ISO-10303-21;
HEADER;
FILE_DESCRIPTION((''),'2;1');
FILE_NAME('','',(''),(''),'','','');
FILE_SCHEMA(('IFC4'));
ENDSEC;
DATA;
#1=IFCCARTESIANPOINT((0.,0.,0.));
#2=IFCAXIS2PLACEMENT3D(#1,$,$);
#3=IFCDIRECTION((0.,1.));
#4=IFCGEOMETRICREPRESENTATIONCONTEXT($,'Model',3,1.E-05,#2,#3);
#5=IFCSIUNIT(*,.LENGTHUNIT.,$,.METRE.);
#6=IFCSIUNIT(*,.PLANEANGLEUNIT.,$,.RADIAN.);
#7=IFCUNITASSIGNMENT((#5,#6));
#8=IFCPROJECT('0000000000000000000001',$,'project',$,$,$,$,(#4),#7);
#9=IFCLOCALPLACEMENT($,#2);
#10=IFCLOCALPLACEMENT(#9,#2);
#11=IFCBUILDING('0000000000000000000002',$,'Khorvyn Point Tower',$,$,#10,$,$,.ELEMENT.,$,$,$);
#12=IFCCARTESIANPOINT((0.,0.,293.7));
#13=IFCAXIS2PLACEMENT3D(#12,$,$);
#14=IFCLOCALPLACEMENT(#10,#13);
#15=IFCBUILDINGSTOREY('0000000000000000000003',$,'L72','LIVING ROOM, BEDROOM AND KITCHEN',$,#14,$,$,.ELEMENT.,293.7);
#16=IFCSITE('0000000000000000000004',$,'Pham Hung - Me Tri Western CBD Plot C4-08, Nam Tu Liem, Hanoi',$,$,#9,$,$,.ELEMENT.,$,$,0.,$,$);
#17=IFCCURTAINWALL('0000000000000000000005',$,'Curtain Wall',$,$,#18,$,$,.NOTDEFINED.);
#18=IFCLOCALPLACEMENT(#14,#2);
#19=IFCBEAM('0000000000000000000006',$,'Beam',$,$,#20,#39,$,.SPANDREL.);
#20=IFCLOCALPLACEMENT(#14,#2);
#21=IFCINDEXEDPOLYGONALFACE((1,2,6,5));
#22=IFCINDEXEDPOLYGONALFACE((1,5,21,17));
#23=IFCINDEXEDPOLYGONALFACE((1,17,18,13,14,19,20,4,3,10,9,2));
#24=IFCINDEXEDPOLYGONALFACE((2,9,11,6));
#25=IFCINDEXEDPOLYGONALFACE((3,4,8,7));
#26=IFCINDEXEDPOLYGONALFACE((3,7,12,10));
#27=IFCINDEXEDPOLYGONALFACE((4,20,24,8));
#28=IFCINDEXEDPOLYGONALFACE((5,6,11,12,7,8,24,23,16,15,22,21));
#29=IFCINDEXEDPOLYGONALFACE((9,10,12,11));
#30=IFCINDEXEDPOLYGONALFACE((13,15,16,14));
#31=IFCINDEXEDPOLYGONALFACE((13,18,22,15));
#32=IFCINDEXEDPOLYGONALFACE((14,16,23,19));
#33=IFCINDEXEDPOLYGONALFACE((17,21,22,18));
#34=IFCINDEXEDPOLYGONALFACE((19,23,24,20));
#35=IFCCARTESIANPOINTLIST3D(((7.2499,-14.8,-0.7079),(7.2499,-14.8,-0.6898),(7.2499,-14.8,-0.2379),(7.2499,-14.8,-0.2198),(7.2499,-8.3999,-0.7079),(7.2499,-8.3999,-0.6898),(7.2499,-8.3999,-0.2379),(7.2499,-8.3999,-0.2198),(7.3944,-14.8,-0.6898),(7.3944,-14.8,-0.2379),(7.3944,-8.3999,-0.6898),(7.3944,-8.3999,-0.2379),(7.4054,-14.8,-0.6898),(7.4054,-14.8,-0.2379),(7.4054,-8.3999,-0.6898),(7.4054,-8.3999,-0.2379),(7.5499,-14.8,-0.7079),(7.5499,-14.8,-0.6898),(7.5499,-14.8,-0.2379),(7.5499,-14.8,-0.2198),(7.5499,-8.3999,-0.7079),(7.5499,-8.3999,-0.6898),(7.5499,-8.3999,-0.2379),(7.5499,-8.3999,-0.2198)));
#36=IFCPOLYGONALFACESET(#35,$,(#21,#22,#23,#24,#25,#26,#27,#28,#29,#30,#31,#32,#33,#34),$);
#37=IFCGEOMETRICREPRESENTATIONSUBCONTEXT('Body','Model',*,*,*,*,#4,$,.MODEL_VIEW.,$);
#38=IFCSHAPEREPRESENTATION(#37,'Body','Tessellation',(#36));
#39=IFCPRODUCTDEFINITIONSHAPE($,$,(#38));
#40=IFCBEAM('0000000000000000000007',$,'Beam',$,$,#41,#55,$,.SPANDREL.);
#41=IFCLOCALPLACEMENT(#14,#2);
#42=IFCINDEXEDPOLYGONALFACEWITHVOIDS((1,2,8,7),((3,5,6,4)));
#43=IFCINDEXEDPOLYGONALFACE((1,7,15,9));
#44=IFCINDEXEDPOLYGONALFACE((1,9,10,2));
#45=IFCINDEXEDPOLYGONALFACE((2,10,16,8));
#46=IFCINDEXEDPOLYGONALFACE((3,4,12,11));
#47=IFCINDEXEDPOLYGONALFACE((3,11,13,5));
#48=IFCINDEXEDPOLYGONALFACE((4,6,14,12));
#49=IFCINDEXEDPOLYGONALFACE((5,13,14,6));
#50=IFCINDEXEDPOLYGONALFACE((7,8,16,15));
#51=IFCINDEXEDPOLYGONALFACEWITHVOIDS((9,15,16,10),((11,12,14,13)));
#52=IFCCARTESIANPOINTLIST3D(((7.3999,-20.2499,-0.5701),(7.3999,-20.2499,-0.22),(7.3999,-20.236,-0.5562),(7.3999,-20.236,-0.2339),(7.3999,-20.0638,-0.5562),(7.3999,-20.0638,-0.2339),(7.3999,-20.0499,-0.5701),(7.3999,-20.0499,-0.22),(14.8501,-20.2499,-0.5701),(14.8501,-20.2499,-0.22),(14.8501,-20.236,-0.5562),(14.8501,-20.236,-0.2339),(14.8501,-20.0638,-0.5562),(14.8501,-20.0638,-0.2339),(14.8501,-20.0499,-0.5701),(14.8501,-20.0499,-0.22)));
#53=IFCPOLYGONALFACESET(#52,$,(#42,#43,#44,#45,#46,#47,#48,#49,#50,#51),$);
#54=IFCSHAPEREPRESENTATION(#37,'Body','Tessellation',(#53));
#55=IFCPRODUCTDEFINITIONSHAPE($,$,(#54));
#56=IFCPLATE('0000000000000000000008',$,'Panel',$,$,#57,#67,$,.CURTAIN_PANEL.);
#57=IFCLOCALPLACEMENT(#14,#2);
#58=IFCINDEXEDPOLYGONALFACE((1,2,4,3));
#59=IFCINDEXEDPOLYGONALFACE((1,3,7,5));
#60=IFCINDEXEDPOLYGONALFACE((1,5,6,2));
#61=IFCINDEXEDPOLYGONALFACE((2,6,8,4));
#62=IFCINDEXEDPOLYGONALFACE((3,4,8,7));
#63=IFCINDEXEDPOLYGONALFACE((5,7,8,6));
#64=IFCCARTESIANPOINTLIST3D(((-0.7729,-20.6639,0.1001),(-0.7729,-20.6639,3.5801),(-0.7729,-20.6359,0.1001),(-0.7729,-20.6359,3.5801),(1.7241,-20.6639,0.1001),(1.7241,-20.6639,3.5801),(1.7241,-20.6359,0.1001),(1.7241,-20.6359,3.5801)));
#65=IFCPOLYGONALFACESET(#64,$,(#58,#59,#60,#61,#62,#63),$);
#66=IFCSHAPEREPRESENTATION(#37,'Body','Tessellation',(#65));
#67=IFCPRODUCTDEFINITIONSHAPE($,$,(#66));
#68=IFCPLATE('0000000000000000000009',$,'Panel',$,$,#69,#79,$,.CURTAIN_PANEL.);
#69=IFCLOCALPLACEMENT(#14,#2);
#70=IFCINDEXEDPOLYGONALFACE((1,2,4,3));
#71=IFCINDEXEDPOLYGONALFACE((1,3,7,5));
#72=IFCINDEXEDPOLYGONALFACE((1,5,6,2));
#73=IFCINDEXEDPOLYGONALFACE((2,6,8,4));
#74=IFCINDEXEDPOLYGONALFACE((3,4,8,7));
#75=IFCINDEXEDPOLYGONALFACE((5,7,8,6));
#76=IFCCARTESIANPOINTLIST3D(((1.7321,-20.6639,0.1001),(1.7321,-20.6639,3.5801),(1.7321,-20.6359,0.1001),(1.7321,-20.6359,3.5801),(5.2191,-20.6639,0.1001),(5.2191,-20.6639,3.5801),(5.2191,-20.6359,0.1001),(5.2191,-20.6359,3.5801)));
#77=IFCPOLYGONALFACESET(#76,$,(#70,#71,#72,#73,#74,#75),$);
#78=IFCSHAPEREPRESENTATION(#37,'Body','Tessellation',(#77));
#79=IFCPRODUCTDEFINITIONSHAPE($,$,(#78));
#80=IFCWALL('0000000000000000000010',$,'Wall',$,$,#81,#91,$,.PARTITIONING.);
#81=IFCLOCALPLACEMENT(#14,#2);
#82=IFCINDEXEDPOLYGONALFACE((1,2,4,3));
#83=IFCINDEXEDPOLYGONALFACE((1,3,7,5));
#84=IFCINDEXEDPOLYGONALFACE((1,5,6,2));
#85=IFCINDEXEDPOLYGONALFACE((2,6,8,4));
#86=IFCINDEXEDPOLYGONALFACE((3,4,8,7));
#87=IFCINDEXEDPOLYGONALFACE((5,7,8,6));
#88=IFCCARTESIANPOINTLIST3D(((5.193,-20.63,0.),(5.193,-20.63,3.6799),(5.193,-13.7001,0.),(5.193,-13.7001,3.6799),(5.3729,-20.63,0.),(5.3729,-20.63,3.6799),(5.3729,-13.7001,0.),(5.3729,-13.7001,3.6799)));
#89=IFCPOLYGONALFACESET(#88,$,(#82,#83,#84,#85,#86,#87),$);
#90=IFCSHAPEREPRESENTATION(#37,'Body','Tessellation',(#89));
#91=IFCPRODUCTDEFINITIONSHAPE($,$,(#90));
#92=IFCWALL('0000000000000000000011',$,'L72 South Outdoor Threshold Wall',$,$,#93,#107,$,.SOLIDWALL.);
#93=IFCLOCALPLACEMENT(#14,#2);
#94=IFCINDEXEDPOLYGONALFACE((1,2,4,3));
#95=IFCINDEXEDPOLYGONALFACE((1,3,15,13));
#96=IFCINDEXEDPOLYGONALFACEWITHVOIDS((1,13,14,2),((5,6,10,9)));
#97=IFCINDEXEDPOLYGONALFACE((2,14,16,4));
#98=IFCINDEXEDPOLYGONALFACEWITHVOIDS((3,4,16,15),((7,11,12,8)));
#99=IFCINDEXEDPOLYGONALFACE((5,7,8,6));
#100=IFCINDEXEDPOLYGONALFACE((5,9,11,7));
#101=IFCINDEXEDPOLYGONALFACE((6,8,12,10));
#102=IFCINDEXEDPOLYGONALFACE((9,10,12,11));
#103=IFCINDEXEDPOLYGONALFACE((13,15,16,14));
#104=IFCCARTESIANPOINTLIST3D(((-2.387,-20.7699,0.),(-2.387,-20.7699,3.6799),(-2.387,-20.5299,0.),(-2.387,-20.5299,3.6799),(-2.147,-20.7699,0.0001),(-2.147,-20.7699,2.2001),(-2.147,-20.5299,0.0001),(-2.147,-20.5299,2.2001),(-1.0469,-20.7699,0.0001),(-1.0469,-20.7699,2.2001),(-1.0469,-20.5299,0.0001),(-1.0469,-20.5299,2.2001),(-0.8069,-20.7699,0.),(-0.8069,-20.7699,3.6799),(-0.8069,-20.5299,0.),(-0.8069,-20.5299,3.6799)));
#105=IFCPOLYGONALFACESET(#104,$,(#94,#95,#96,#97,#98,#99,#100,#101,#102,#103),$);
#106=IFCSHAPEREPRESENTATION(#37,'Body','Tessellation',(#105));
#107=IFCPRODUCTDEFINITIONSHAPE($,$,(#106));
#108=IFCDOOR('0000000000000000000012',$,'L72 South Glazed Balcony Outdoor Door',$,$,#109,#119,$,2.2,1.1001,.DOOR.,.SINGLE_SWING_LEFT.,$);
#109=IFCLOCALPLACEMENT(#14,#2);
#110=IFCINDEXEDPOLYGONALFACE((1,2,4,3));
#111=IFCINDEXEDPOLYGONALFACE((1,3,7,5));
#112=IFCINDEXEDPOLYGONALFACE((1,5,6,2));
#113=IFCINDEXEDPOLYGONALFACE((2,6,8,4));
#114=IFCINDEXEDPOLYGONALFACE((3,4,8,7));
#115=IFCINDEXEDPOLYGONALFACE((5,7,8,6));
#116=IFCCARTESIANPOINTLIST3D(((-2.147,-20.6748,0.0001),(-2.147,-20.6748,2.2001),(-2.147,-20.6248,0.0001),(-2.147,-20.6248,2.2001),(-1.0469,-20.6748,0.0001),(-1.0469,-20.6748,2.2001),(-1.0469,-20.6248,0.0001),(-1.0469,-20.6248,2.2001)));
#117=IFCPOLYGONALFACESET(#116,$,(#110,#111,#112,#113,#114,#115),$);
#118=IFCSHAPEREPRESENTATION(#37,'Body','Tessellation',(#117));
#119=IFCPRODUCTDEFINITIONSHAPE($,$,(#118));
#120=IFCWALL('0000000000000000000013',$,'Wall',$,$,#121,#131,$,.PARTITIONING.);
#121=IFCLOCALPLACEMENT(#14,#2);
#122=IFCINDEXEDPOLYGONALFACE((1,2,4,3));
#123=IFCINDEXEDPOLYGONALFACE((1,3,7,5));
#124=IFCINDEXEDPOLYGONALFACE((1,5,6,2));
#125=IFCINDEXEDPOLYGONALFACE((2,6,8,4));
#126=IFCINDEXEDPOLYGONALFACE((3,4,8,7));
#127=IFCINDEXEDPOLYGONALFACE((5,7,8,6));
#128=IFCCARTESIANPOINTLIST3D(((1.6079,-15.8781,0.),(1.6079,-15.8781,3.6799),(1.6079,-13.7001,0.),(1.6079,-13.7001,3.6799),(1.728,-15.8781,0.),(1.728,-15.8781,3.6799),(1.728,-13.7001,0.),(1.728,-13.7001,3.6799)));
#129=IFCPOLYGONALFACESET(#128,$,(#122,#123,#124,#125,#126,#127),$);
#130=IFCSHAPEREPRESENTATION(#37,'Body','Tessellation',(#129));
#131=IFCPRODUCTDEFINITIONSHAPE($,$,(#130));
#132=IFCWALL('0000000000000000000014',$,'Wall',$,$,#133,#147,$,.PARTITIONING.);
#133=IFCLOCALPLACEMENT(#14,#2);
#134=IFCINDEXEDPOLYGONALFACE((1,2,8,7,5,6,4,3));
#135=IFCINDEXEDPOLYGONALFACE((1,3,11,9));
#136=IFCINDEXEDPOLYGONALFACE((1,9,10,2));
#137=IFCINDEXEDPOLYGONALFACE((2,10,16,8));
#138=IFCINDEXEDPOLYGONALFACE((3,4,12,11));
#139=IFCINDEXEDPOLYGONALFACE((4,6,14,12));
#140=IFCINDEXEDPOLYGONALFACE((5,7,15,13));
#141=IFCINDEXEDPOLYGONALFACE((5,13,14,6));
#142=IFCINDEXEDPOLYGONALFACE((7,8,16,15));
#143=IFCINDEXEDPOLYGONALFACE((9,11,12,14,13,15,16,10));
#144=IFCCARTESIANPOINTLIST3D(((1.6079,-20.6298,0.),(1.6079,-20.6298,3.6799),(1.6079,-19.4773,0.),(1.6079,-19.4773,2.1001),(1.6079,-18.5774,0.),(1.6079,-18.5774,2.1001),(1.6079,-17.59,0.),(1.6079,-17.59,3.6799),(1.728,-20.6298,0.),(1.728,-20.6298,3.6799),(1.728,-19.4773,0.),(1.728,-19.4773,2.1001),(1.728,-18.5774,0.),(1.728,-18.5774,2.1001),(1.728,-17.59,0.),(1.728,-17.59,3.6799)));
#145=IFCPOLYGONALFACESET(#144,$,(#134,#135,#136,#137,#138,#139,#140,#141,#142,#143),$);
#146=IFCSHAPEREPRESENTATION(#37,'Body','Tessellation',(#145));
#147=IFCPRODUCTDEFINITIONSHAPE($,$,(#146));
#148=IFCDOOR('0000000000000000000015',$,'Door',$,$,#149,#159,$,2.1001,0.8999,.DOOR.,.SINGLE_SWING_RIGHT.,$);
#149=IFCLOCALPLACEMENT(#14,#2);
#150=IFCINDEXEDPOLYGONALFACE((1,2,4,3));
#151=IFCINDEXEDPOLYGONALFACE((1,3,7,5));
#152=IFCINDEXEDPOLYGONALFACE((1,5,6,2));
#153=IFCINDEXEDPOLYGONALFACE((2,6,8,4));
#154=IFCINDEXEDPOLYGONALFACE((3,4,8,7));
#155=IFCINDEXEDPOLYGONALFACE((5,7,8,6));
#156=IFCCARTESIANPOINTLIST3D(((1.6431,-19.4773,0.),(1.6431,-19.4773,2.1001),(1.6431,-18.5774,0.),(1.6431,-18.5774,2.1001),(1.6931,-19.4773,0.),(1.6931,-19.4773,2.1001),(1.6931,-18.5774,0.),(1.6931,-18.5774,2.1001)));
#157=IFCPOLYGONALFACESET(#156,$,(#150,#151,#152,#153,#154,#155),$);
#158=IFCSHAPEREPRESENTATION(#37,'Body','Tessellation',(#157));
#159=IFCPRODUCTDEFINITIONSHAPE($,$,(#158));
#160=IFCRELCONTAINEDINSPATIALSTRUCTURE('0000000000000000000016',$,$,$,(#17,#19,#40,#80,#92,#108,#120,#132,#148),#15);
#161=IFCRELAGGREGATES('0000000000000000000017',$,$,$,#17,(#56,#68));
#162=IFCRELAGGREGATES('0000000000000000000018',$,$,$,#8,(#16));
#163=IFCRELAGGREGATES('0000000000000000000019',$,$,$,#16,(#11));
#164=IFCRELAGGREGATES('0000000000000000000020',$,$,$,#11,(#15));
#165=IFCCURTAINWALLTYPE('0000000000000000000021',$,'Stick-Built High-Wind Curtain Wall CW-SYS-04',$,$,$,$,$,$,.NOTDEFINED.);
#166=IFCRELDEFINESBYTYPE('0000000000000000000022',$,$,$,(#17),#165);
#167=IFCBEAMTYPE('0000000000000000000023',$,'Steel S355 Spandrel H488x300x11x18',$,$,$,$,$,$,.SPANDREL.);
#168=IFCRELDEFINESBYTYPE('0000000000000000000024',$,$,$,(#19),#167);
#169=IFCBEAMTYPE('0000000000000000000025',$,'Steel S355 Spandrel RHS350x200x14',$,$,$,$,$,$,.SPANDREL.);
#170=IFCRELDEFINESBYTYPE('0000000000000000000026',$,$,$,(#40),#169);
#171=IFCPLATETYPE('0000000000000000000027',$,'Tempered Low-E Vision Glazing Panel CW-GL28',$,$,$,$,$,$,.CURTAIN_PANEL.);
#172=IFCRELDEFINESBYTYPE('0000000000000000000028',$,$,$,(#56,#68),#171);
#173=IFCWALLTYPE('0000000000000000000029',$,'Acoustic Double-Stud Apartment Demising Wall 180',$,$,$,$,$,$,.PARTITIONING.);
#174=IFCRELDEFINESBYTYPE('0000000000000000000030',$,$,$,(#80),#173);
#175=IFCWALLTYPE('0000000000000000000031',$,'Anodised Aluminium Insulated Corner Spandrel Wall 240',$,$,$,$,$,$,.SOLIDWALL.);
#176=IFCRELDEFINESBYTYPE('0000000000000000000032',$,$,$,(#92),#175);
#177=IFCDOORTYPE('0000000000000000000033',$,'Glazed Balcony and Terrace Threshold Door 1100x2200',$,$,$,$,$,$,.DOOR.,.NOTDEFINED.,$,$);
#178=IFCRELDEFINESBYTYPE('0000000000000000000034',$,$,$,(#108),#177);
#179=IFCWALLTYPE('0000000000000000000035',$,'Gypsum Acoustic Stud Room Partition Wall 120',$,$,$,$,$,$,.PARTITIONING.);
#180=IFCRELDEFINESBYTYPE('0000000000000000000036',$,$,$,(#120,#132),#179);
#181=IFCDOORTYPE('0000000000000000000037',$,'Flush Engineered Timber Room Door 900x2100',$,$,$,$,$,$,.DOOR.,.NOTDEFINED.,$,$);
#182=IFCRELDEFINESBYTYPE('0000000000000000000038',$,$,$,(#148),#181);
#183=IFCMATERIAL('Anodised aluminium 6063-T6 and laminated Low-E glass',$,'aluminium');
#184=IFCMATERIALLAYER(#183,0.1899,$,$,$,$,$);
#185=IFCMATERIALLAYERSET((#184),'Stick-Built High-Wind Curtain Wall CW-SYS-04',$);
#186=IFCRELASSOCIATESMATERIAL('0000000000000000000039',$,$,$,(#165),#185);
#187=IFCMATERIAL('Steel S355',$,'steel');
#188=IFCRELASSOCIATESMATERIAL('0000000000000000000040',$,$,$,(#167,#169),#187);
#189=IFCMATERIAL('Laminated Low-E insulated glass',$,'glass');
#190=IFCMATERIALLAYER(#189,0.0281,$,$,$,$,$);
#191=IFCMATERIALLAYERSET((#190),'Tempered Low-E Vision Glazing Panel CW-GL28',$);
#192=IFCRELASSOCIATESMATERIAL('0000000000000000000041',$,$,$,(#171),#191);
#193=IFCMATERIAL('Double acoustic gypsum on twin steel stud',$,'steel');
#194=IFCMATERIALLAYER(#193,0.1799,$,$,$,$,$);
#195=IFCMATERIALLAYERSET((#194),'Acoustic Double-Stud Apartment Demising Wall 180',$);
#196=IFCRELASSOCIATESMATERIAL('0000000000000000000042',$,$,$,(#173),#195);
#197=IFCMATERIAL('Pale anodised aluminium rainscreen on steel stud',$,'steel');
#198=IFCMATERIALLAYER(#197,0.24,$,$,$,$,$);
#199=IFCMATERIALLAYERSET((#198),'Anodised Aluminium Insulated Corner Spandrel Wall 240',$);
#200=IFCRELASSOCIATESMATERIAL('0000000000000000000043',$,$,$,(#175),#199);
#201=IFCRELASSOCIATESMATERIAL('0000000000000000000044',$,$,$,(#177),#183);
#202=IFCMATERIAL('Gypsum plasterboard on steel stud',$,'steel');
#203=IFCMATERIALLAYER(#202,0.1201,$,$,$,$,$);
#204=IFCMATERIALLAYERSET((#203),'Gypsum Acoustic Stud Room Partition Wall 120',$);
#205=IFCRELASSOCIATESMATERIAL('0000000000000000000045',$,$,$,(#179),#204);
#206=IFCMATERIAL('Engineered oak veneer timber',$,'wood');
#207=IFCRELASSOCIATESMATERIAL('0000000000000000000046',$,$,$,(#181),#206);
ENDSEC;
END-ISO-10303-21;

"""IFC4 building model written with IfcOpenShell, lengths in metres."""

from ifc_helpers import new_model, si_unit, direction, frame, frame_2d, origin, origin_2d, place, context, subcontext, project, spatial, rectangle, hollow_rectangle, i_section, extrude, material, layer, layer_set, material_profile, profile_set, type_object, element, fill, aggregate, save


model = new_model("IFC4")

# Units and contexts
model_context = context("Model", 3, precision=1e-05, world=origin(), true_north=direction((0.0, 1.0)))
body_context = subcontext(model_context, "Body", "Model", "MODEL_VIEW")
ifc_project = project(units=[si_unit("LENGTHUNIT", "METRE"), si_unit("PLANEANGLEUNIT", "RADIAN")], contexts=[model_context])

# Site, building, storey
site_placement = place(None, origin())
site = spatial("IfcSite", under=ifc_project, at=site_placement, Name="Pham Hung - Me Tri Western CBD Plot C4-08, Nam Tu Liem, Hanoi", CompositionType="ELEMENT", RefElevation=0.0)
building_placement = place(site_placement, origin())
building = spatial("IfcBuilding", under=site, at=building_placement, Name="Khorvyn Point Tower", CompositionType="ELEMENT")
storey_placement = place(building_placement, frame((0.0, 0.0, 293.7)))
storey = spatial("IfcBuildingStorey", under=building, at=storey_placement, Name="L72", Description="LIVING ROOM, BEDROOM AND KITCHEN", CompositionType="ELEMENT", Elevation=293.7)

# Shared definitions
ifc_material_1 = material(Name="Steel S355", Category="steel")

# Curtain wall
ifc_material_2 = material(Name="Anodised aluminium 6063-T6 and laminated Low-E glass", Category="aluminium")
ifc_layer_1 = layer(ifc_material_2, 0.1899)
ifc_layer_set_1 = layer_set([ifc_layer_1], Name="Stick-Built High-Wind Curtain Wall CW-SYS-04")
curtain_wall_type = type_object("IfcCurtainWallType", Name="Stick-Built High-Wind Curtain Wall CW-SYS-04", PredefinedType="NOTDEFINED", material=ifc_layer_set_1)
curtain_wall_placement = place(storey_placement, origin())
curtain_wall = element("IfcCurtainWall", 1, at=curtain_wall_placement, inside=storey, type_object=curtain_wall_type, Name="Curtain Wall", PredefinedType="NOTDEFINED")

# Beams
ifc_material_profile_1 = material_profile(ifc_material_1, i_section(OverallWidth=0.3, OverallDepth=0.488, WebThickness=0.011, FlangeThickness=0.0181, at=origin_2d()))
ifc_profile_set_1 = profile_set([ifc_material_profile_1], Name="Steel S355 H488x300x11x18")
beam_type_1 = type_object("IfcBeamType", Name="Steel S355 Spandrel H488x300x11x18", PredefinedType="SPANDREL", material=ifc_profile_set_1)
beam_1_placement = place(storey_placement, frame((7.3999, -14.8, -0.4639), z_axis=(0.0, 1.0, 0.0), x_axis=(-1.0, 0.0, 0.0)))
element("IfcBeam", 2, at=beam_1_placement, inside=storey, type_object=beam_type_1, Name="Beam", PredefinedType="SPANDREL", context=body_context, shape_type="SweptSolid", body=[
    extrude(i_section(OverallWidth=0.3, OverallDepth=0.488, WebThickness=0.011, FlangeThickness=0.0181, at=origin_2d()), origin(), (0.0, 0.0, 1.0), 6.4001),
])
ifc_material_profile_2 = material_profile(ifc_material_1, hollow_rectangle(XDim=0.2, YDim=0.3501, WallThickness=0.0139, at=origin_2d()))
ifc_profile_set_2 = profile_set([ifc_material_profile_2], Name="Steel S355 RHS350x200x14")
beam_type_2 = type_object("IfcBeamType", Name="Steel S355 Spandrel RHS350x200x14", PredefinedType="SPANDREL", material=ifc_profile_set_2)
beam_2_placement = place(storey_placement, frame((7.3999, -20.1499, -0.395), z_axis=(1.0, 0.0, 0.0), x_axis=(0.0, 1.0, 0.0)))
element("IfcBeam", 3, at=beam_2_placement, inside=storey, type_object=beam_type_2, Name="Beam", PredefinedType="SPANDREL", context=body_context, shape_type="SweptSolid", body=[
    extrude(hollow_rectangle(XDim=0.2, YDim=0.3501, WallThickness=0.0139, at=origin_2d()), origin(), (0.0, 0.0, 1.0), 7.4502),
])

# Plates
ifc_material_3 = material(Name="Laminated Low-E insulated glass", Category="glass")
ifc_layer_2 = layer(ifc_material_3, 0.0281)
ifc_layer_set_2 = layer_set([ifc_layer_2], Name="Tempered Low-E Vision Glazing Panel CW-GL28")
plate_type = type_object("IfcPlateType", Name="Tempered Low-E Vision Glazing Panel CW-GL28", PredefinedType="CURTAIN_PANEL", material=ifc_layer_set_2)
plate_1_placement = place(storey_placement, frame((0.4756, -20.6499, 0.1001), z_axis=(0.0, 0.0, 1.0), x_axis=(-1.0, 0.0, 0.0)))
plate_1 = element("IfcPlate", 4, at=plate_1_placement, type_object=plate_type, Name="Panel", PredefinedType="CURTAIN_PANEL", context=body_context, shape_type="SweptSolid", body=[
    extrude(rectangle(XDim=2.4971, YDim=0.0281, at=origin_2d()), origin(), (0.0, 0.0, 1.0), 3.48),
])
plate_2_placement = place(storey_placement, frame((3.4756, -20.6499, 0.1001), z_axis=(0.0, 0.0, 1.0), x_axis=(-1.0, 0.0, 0.0)))
plate_2 = element("IfcPlate", 5, at=plate_2_placement, type_object=plate_type, Name="Panel", PredefinedType="CURTAIN_PANEL", context=body_context, shape_type="SweptSolid", body=[
    extrude(rectangle(XDim=3.4871, YDim=0.0281, at=origin_2d()), origin(), (0.0, 0.0, 1.0), 3.48),
])
aggregate(curtain_wall, [plate_1, plate_2])

# Wall
ifc_material_4 = material(Name="Double acoustic gypsum on twin steel stud", Category="steel")
ifc_layer_3 = layer(ifc_material_4, 0.1799)
ifc_layer_set_3 = layer_set([ifc_layer_3], Name="Acoustic Double-Stud Apartment Demising Wall 180")
wall_type_1 = type_object("IfcWallType", Name="Acoustic Double-Stud Apartment Demising Wall 180", PredefinedType="PARTITIONING", material=ifc_layer_set_3)
wall_1_placement = place(storey_placement, frame((5.283, -20.6299, 0.0), z_axis=(0.0, 0.0, 1.0), x_axis=(0.0, 1.0, 0.0)))
element("IfcWall", 6, at=wall_1_placement, inside=storey, type_object=wall_type_1, Name="Wall", PredefinedType="PARTITIONING", context=body_context, shape_type="SweptSolid", body=[
    extrude(rectangle(XDim=6.9299, YDim=0.1799, at=frame_2d((3.4648, 0.0))), origin(), (0.0, 0.0, 1.0), 3.6799),
])

# Wall, opening, door
ifc_material_5 = material(Name="Pale anodised aluminium rainscreen on steel stud", Category="steel")
ifc_layer_4 = layer(ifc_material_5, 0.24)
ifc_layer_set_4 = layer_set([ifc_layer_4], Name="Anodised Aluminium Insulated Corner Spandrel Wall 240")
wall_type_2 = type_object("IfcWallType", Name="Anodised Aluminium Insulated Corner Spandrel Wall 240", PredefinedType="SOLIDWALL", material=ifc_layer_set_4)
wall_2_placement = place(storey_placement, frame((-0.8069, -20.6499, 0.0), z_axis=(0.0, 0.0, 1.0), x_axis=(-1.0, 0.0, 0.0)))
wall_2 = element("IfcWall", 7, at=wall_2_placement, inside=storey, type_object=wall_type_2, Name="L72 South Outdoor Threshold Wall", PredefinedType="SOLIDWALL", context=body_context, shape_type="SweptSolid", body=[
    extrude(rectangle(XDim=1.5801, YDim=0.24, at=frame_2d((0.79, 0.0))), origin(), (0.0, 0.0, 1.0), 3.6799),
])
opening_1_placement = place(wall_2_placement, frame((0.24, 0.0, 0.0)))
opening_1 = element("IfcOpeningElement", 8, at=opening_1_placement, cuts=wall_2, PredefinedType="OPENING", context=body_context, shape_type="SweptSolid", body=[
    extrude(rectangle(XDim=1.1001, YDim=2.2, at=frame_2d((0.55, 1.1001))), frame((0.0, 0.1299, 0.0), z_axis=(0.0, -1.0, 0.0), x_axis=(1.0, 0.0, 0.0)), (0.0, 0.0, 1.0), 0.26),
])
door_type_1 = type_object("IfcDoorType", Name="Glazed Balcony and Terrace Threshold Door 1100x2200", OperationType="NOTDEFINED", PredefinedType="DOOR", material=ifc_material_2)
door_1_placement = place(opening_1_placement, origin())
door_1 = element("IfcDoor", 9, at=door_1_placement, inside=storey, type_object=door_type_1, Name="L72 South Glazed Balcony Outdoor Door", OperationType="SINGLE_SWING_LEFT", OverallHeight=2.2, OverallWidth=1.1001, PredefinedType="DOOR", context=body_context, shape_type="SweptSolid", body=[
    extrude(rectangle(XDim=1.1001, YDim=2.2, at=frame_2d((0.55, 1.1001))), frame((0.0, 0.0249, 0.0), z_axis=(0.0, -1.0, 0.0), x_axis=(1.0, 0.0, 0.0)), (0.0, 0.0, 1.0), 0.05),
])
fill(opening_1, door_1)

# Wall
ifc_material_6 = material(Name="Gypsum plasterboard on steel stud", Category="steel")
ifc_layer_5 = layer(ifc_material_6, 0.1201)
ifc_layer_set_5 = layer_set([ifc_layer_5], Name="Gypsum Acoustic Stud Room Partition Wall 120")
wall_type_3 = type_object("IfcWallType", Name="Gypsum Acoustic Stud Room Partition Wall 120", PredefinedType="PARTITIONING", material=ifc_layer_set_5)
wall_3_placement = place(storey_placement, frame((1.668, -15.8779, 0.0), z_axis=(0.0, 0.0, 1.0), x_axis=(0.0, 1.0, 0.0)))
element("IfcWall", 10, at=wall_3_placement, inside=storey, type_object=wall_type_3, Name="Wall", PredefinedType="PARTITIONING", context=body_context, shape_type="SweptSolid", body=[
    extrude(rectangle(XDim=2.178, YDim=0.1201, at=frame_2d((1.0889, 0.0))), origin(), (0.0, 0.0, 1.0), 3.6799),
])

# Wall, opening, door
wall_4_placement = place(storey_placement, frame((1.668, -20.6299, 0.0), z_axis=(0.0, 0.0, 1.0), x_axis=(0.0, 1.0, 0.0)))
wall_4 = element("IfcWall", 11, at=wall_4_placement, inside=storey, type_object=wall_type_3, Name="Wall", PredefinedType="PARTITIONING", context=body_context, shape_type="SweptSolid", body=[
    extrude(rectangle(XDim=3.0398, YDim=0.1201, at=frame_2d((1.52, 0.0))), origin(), (0.0, 0.0, 1.0), 3.6799),
])
opening_2_placement = place(wall_4_placement, frame((1.1526, 0.0, 0.0)))
opening_2 = element("IfcOpeningElement", 12, at=opening_2_placement, cuts=wall_4, PredefinedType="OPENING", context=body_context, shape_type="SweptSolid", body=[
    extrude(rectangle(XDim=0.8999, YDim=2.1001, at=frame_2d((0.45, 1.05))), frame((0.0, 0.0701, 0.0), z_axis=(0.0, -1.0, 0.0), x_axis=(1.0, 0.0, 0.0)), (0.0, 0.0, 1.0), 0.1401),
])
ifc_material_7 = material(Name="Engineered oak veneer timber", Category="wood")
door_type_2 = type_object("IfcDoorType", Name="Flush Engineered Timber Room Door 900x2100", OperationType="NOTDEFINED", PredefinedType="DOOR", material=ifc_material_7)
door_2_placement = place(opening_2_placement, origin())
door_2 = element("IfcDoor", 13, at=door_2_placement, inside=storey, type_object=door_type_2, Name="Door", OperationType="SINGLE_SWING_RIGHT", OverallHeight=2.1001, OverallWidth=0.8999, PredefinedType="DOOR", context=body_context, shape_type="SweptSolid", body=[
    extrude(rectangle(XDim=0.8999, YDim=2.1001, at=frame_2d((0.45, 1.05))), frame((0.0, 0.0249, 0.0), z_axis=(0.0, -1.0, 0.0), x_axis=(1.0, 0.0, 0.0)), (0.0, 0.0, 1.0), 0.05),
])
fill(opening_2, door_2)

save(model, "model.ifc")
